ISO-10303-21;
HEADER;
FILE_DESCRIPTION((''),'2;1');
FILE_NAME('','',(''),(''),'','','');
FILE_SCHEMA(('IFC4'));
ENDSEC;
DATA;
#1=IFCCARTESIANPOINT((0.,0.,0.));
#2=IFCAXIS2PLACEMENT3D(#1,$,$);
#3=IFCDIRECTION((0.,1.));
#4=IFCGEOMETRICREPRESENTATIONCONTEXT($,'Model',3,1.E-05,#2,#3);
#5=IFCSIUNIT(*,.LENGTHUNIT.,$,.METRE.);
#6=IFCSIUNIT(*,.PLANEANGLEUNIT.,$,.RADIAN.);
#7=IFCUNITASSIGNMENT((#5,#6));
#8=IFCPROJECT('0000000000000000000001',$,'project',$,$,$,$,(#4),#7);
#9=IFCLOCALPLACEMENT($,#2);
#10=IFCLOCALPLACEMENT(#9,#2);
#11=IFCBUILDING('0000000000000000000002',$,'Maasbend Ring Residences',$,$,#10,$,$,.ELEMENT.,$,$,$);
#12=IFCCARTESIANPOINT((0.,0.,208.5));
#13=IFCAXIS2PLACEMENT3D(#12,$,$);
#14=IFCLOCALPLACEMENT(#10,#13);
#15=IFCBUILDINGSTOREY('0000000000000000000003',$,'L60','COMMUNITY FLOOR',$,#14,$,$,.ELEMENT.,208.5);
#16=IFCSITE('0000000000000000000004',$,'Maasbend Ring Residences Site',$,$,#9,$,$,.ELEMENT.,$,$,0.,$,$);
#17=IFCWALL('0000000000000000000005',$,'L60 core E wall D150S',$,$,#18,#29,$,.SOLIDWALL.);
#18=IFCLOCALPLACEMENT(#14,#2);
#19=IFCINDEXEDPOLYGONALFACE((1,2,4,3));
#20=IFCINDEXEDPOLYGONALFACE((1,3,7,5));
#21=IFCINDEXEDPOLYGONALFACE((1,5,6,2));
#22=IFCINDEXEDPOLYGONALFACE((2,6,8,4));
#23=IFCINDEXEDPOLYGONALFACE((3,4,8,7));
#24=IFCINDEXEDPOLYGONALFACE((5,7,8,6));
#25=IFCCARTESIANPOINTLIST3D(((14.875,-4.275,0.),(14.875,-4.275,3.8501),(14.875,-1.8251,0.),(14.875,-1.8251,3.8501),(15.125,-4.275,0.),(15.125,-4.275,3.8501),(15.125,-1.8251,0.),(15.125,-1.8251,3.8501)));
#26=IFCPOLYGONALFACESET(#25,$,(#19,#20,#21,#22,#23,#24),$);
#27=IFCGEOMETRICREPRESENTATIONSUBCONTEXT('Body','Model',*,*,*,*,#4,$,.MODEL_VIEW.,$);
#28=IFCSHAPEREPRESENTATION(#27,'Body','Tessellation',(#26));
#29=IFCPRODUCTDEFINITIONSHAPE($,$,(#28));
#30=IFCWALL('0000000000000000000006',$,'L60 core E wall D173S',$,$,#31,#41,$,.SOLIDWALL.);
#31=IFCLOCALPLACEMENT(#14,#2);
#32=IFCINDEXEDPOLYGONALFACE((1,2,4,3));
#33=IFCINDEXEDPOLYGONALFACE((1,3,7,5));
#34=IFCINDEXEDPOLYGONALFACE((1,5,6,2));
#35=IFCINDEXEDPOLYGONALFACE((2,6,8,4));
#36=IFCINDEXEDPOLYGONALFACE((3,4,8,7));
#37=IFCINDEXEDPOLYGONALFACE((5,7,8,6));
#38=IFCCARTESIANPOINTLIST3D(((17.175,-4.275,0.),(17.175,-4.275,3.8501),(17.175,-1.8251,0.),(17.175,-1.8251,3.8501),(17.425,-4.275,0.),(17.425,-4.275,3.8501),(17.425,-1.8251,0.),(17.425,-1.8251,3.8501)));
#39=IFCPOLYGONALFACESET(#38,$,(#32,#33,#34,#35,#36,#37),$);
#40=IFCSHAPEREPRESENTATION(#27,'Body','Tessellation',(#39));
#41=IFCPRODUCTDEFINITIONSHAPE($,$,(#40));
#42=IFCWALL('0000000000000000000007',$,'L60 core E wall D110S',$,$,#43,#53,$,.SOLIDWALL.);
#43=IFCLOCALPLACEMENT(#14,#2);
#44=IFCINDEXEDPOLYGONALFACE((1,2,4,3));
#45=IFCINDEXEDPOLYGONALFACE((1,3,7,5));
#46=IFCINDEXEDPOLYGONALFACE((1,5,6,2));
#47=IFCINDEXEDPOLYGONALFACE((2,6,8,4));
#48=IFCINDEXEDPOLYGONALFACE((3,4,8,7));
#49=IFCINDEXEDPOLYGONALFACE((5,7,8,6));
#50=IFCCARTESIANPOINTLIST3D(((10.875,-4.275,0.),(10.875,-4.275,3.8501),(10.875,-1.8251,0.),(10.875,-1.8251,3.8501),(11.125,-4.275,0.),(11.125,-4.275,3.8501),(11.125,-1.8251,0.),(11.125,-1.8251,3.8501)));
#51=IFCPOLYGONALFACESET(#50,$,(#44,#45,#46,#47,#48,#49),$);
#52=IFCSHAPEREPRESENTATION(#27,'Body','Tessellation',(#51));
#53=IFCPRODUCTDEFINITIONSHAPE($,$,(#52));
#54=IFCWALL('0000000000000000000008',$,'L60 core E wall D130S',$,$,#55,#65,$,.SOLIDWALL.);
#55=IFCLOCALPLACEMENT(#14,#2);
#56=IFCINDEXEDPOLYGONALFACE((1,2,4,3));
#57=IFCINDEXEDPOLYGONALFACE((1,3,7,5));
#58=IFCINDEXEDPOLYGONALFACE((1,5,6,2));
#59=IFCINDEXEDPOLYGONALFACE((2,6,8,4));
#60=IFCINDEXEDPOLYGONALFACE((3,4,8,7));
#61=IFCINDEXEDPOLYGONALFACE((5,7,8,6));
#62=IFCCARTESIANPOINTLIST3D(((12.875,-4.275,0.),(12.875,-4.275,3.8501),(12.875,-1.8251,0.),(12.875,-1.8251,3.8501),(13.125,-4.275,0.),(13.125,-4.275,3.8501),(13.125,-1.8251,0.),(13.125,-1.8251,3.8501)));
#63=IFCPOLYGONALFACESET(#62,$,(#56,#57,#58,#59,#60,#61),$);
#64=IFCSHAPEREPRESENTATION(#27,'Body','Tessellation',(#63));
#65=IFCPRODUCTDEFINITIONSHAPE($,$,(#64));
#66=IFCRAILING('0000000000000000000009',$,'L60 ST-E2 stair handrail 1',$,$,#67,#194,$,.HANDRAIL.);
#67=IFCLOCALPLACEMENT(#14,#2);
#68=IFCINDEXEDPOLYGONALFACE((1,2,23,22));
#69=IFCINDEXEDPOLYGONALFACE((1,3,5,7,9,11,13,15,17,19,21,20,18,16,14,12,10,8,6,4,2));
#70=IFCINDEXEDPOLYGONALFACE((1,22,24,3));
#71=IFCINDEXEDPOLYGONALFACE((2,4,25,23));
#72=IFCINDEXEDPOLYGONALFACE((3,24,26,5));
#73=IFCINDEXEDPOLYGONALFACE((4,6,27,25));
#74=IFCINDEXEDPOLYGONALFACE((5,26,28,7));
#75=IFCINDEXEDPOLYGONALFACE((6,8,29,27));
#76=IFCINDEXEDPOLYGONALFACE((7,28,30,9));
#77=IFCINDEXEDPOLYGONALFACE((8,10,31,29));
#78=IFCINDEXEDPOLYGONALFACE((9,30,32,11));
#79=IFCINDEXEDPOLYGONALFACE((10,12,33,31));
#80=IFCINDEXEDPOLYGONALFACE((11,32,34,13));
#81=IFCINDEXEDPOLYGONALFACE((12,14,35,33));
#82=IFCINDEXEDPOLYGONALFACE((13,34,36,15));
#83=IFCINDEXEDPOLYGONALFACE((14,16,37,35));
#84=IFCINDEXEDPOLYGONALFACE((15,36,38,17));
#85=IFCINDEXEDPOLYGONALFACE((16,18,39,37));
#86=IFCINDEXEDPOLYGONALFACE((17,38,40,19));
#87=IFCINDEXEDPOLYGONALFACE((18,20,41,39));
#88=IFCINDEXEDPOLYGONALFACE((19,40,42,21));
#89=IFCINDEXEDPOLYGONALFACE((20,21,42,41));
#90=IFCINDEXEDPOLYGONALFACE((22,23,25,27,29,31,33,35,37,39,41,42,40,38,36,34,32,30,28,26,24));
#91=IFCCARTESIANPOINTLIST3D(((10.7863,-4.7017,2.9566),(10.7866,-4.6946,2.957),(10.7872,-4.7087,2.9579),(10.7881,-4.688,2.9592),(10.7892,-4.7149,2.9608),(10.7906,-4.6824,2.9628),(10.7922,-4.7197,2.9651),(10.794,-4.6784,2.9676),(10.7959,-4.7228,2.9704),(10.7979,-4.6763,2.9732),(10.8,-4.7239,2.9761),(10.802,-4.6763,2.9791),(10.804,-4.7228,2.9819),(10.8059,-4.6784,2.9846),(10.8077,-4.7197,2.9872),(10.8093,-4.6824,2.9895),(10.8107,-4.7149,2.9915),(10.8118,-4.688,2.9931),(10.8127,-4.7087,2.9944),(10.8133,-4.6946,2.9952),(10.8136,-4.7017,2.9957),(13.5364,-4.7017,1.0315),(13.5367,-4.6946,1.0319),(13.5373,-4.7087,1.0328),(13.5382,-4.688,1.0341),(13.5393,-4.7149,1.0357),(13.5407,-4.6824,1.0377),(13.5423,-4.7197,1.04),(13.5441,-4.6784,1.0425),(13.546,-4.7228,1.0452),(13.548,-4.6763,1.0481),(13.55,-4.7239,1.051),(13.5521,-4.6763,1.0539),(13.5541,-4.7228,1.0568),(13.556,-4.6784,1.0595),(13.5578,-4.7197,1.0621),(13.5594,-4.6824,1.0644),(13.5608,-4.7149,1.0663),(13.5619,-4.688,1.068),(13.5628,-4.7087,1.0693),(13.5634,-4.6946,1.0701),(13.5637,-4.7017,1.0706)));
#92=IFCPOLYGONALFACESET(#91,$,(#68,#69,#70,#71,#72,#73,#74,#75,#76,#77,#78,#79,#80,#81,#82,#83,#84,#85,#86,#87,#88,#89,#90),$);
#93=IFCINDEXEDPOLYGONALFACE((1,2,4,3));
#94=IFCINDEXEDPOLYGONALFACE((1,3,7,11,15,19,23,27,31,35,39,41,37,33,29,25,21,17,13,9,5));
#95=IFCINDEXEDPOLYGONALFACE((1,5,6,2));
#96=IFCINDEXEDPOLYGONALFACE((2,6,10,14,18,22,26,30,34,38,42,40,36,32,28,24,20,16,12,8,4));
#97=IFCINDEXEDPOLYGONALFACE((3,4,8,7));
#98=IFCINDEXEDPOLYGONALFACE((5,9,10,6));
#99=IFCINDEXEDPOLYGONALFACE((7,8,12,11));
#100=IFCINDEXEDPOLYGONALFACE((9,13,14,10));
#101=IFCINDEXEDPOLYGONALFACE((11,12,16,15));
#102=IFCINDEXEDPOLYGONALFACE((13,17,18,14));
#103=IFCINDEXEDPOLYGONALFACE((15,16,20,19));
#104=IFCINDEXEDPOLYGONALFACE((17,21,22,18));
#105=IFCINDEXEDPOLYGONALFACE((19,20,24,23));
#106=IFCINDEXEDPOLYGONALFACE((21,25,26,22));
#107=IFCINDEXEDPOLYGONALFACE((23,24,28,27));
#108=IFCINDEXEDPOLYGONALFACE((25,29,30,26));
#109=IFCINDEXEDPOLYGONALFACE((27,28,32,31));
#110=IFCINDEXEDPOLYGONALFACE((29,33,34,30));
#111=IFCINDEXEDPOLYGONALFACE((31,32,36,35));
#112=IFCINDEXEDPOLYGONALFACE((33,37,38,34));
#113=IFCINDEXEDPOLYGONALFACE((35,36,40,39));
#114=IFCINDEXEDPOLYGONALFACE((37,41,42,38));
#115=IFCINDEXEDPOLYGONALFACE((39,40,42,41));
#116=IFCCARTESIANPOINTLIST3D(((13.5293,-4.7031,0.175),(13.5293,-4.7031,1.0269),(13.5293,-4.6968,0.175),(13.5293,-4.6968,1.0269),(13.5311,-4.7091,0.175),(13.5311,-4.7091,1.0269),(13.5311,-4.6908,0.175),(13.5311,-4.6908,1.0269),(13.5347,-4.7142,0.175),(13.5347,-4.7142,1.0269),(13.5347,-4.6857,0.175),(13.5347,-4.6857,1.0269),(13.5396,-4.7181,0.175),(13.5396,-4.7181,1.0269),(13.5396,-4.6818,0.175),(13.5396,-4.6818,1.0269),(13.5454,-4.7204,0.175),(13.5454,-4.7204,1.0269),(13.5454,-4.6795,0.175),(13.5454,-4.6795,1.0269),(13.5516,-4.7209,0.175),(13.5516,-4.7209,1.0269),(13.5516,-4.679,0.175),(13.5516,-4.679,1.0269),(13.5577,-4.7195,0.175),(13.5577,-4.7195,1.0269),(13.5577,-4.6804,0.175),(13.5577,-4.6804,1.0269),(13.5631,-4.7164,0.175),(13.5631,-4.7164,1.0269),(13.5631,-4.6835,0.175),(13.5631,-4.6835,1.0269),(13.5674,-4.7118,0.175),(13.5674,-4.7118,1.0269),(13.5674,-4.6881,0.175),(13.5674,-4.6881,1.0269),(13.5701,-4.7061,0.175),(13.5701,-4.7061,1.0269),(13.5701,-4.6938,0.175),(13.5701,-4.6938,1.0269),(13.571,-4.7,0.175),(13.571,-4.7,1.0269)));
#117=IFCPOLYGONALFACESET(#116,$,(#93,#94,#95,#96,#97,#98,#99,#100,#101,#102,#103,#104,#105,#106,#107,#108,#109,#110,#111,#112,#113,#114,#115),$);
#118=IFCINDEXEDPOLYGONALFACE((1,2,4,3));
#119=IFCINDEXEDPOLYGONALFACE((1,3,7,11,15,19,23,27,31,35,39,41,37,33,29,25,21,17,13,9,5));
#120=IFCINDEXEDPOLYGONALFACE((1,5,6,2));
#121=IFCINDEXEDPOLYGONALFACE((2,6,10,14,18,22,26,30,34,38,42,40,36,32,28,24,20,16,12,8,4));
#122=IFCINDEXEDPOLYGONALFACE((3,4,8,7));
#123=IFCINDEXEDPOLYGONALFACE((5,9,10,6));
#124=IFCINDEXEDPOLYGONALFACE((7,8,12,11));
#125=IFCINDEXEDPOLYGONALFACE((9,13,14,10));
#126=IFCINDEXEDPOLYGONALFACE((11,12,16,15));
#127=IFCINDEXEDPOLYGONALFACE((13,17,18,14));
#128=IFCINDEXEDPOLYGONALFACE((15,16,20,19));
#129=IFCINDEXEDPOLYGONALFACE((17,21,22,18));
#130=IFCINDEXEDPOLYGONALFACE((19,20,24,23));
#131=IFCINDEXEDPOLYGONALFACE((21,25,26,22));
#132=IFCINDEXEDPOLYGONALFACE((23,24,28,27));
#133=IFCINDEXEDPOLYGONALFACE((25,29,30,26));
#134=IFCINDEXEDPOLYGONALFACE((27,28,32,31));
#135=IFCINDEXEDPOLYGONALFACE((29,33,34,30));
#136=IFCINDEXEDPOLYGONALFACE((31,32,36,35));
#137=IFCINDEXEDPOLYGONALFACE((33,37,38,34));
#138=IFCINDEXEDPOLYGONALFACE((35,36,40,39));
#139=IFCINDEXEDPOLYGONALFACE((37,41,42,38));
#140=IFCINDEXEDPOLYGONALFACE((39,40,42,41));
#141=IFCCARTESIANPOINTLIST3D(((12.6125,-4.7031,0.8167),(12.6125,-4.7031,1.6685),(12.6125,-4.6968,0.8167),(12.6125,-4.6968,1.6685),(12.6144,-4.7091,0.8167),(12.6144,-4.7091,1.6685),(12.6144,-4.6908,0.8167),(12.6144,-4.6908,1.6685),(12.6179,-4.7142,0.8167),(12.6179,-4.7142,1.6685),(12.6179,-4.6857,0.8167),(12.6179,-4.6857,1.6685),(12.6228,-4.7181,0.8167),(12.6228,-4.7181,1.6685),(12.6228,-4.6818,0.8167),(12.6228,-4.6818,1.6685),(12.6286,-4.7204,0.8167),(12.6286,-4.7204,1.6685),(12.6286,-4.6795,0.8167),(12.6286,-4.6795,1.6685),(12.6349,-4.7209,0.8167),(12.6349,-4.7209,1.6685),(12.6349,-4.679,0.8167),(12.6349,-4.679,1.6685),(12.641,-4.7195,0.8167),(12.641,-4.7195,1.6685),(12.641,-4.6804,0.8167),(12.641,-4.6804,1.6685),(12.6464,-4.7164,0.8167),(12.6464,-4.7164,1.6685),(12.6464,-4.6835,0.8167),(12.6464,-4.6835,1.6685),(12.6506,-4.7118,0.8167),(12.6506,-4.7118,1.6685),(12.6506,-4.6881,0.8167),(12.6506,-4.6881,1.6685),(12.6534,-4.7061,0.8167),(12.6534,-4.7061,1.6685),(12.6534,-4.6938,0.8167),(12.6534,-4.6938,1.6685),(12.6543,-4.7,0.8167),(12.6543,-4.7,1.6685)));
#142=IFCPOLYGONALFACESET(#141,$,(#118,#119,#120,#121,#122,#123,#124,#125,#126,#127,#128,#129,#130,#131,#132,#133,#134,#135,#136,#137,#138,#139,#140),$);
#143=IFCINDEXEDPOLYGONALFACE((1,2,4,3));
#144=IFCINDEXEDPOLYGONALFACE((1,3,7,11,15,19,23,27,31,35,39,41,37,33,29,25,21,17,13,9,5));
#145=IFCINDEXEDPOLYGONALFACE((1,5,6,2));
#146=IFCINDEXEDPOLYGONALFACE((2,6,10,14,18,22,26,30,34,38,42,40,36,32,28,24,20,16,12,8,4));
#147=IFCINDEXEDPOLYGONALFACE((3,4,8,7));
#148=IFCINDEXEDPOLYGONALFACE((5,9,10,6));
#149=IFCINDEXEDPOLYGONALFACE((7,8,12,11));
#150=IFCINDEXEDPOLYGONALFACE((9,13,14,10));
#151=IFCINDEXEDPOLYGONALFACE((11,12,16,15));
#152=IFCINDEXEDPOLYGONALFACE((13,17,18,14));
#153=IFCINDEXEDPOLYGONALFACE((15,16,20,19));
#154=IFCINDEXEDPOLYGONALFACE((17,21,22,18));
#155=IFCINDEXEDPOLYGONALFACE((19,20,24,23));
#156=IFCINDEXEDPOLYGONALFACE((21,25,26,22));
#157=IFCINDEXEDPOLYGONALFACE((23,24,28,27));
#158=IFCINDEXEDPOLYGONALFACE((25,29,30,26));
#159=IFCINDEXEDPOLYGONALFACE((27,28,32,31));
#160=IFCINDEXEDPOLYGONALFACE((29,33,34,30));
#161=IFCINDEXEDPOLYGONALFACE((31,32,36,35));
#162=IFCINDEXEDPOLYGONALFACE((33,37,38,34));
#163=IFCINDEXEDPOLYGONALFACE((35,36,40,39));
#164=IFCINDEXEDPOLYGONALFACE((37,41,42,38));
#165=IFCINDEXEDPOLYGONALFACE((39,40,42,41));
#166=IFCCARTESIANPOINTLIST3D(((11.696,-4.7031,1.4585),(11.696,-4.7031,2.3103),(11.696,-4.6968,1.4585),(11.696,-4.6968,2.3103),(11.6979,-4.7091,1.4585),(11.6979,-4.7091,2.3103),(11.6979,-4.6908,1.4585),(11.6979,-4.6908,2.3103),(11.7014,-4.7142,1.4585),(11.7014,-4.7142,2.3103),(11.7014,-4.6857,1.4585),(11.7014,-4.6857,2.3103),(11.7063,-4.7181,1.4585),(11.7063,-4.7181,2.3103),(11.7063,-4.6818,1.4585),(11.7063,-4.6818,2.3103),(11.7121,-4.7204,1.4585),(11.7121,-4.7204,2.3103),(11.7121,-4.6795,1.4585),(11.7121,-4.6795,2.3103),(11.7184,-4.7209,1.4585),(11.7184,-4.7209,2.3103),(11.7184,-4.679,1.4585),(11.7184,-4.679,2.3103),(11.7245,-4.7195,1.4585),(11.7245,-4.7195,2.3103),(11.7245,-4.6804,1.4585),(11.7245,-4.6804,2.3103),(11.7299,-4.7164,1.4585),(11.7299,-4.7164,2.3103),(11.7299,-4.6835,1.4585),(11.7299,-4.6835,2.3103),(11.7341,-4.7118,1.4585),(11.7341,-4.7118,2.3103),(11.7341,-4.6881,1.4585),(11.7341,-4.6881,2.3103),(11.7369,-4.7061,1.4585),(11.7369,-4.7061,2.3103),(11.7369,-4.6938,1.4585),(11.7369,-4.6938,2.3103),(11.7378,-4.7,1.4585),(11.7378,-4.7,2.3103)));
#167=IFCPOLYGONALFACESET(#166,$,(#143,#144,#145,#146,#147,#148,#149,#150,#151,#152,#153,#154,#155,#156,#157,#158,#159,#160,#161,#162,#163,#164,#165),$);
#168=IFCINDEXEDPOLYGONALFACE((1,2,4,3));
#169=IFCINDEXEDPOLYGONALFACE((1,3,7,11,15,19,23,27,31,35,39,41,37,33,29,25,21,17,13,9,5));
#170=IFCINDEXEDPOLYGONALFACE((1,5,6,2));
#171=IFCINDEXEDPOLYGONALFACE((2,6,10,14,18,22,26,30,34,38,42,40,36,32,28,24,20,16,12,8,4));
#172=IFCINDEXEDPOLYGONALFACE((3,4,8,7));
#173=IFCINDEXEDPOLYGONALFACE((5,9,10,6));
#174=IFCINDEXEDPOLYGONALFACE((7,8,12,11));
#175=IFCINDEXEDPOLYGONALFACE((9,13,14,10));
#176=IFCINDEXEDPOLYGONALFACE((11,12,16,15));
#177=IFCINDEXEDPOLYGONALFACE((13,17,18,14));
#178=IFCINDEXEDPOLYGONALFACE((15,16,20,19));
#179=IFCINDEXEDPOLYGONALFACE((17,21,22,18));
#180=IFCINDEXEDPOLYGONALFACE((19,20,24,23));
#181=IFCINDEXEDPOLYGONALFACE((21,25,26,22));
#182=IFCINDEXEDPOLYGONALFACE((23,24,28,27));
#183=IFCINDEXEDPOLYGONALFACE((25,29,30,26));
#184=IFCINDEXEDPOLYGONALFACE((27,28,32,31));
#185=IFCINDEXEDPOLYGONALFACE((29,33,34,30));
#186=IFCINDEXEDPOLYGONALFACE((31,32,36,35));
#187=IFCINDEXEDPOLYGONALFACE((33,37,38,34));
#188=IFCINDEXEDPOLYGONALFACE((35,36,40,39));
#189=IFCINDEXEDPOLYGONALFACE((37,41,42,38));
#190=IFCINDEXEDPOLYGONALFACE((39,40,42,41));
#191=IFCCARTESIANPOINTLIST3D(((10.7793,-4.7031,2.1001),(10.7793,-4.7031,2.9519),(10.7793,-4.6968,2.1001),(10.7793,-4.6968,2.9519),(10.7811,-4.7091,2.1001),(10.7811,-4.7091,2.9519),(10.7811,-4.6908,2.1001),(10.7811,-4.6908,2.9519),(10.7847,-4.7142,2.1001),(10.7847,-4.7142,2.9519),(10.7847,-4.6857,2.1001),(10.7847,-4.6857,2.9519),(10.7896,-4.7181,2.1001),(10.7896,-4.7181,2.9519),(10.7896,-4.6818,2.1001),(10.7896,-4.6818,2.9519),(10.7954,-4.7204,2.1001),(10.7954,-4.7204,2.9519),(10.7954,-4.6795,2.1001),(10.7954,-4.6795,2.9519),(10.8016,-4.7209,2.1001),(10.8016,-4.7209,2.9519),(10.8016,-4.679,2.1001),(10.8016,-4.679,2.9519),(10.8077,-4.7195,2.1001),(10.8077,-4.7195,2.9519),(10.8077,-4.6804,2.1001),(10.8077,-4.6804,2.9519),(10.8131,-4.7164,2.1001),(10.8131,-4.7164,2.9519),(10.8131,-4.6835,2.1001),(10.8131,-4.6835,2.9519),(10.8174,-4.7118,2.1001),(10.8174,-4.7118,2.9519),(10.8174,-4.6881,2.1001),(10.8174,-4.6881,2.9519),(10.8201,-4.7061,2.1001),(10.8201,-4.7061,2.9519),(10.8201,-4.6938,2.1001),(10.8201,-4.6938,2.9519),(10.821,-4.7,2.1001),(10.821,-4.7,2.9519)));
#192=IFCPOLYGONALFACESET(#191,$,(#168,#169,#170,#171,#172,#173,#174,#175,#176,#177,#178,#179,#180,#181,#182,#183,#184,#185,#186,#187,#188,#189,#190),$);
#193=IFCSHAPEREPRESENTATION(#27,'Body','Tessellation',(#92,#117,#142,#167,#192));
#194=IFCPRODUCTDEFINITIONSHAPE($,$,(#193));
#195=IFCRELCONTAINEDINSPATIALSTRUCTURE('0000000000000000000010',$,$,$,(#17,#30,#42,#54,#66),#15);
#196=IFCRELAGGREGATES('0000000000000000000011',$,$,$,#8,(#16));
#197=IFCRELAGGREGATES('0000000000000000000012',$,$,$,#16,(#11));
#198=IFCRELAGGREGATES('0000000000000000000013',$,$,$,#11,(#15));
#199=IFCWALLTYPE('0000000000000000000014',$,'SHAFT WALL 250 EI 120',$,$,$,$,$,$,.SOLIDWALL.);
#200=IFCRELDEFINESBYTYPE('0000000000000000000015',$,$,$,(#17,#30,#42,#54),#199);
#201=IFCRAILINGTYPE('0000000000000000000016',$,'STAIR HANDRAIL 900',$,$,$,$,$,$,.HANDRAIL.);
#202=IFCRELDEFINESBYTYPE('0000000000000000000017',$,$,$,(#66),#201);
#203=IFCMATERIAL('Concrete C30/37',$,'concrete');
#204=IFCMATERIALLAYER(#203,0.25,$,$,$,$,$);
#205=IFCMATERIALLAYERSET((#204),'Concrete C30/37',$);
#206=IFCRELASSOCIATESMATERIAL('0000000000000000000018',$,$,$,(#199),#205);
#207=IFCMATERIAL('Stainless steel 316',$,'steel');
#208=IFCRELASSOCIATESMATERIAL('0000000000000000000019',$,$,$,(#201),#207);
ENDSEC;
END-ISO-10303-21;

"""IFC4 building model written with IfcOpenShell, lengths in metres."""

from ifc_helpers import new_model, si_unit, direction, frame, frame_2d, origin, origin_2d, place, context, subcontext, project, spatial, rectangle, circle, extrude, material, layer, layer_set, type_object, element, save


model = new_model("IFC4")

# Units and contexts
model_context = context("Model", 3, precision=1e-05, world=origin(), true_north=direction((0.0, 1.0)))
body_context = subcontext(model_context, "Body", "Model", "MODEL_VIEW")
ifc_project = project(units=[si_unit("LENGTHUNIT", "METRE"), si_unit("PLANEANGLEUNIT", "RADIAN")], contexts=[model_context])

# Site, building, storey
site_placement = place(None, origin())
site = spatial("IfcSite", under=ifc_project, at=site_placement, Name="Maasbend Ring Residences Site", CompositionType="ELEMENT", RefElevation=0.0)
building_placement = place(site_placement, origin())
building = spatial("IfcBuilding", under=site, at=building_placement, Name="Maasbend Ring Residences", CompositionType="ELEMENT")
storey_placement = place(building_placement, frame((0.0, 0.0, 208.5)))
storey = spatial("IfcBuildingStorey", under=building, at=storey_placement, Name="L60", Description="COMMUNITY FLOOR", CompositionType="ELEMENT", Elevation=208.5)

# Walls
ifc_material_1 = material(Name="Concrete C30/37", Category="concrete")
ifc_layer_1 = layer(ifc_material_1, 0.25)
ifc_layer_set_1 = layer_set([ifc_layer_1], Name="Concrete C30/37")
wall_type_1 = type_object("IfcWallType", Name="SHAFT WALL 250 EI 120", PredefinedType="SOLIDWALL", material=ifc_layer_set_1)
for number, where, z_axis, x_axis, name in (
    (1, (15.0, -1.825, 0.0), (0.0, 0.0, 1.0), (0.0, -1.0, 0.0), "L60 core E wall D150S"),
    (2, (17.3, -1.825, 0.0), (0.0, 0.0, 1.0), (0.0, -1.0, 0.0), "L60 core E wall D173S"),
    (3, (11.0, -1.825, 0.0), (0.0, 0.0, 1.0), (0.0, -1.0, 0.0), "L60 core E wall D110S"),
    (4, (13.0, -1.825, 0.0), (0.0, 0.0, 1.0), (0.0, -1.0, 0.0), "L60 core E wall D130S"),
):
    element("IfcWall", number, at=place(storey_placement, frame(where, z_axis=z_axis, x_axis=x_axis)), inside=storey, type_object=wall_type_1, Name=name, PredefinedType="SOLIDWALL", context=body_context, shape_type="SweptSolid", body=[
        extrude(rectangle(XDim=2.45, YDim=0.25, at=frame_2d((1.2251, 0.0))), origin(), (0.0, 0.0, 1.0), 3.8501),
    ])

# Railing
ifc_material_2 = material(Name="Stainless steel 316", Category="steel")
railing_type_1 = type_object("IfcRailingType", Name="STAIR HANDRAIL 900", PredefinedType="HANDRAIL", material=ifc_material_2)
railing_1_placement = place(storey_placement, frame((13.55, -4.7, 0.175)))
element("IfcRailing", 5, at=railing_1_placement, inside=storey, type_object=railing_type_1, Name="L60 ST-E2 stair handrail 1", PredefinedType="HANDRAIL", context=body_context, shape_type="SweptSolid", body=[
    extrude(circle(Radius=0.0239, at=origin_2d()), frame((0.0, 0.0, 0.876), z_axis=(-0.819225, 0.0, 0.573472), x_axis=(0.0, -1.0, 0.0)), (0.0, 0.0, 1.0), 3.3569),
    extrude(circle(Radius=0.021, at=origin_2d()), origin(), (0.0, 0.0, 1.0), 0.8518),
    extrude(circle(Radius=0.021, at=origin_2d()), frame((-0.9167, 0.0, 0.6416)), (0.0, 0.0, 1.0), 0.8518),
    extrude(circle(Radius=0.021, at=origin_2d()), frame((-1.8333, 0.0, 1.2834)), (0.0, 0.0, 1.0), 0.8518),
    extrude(circle(Radius=0.021, at=origin_2d()), frame((-2.75, 0.0, 1.925)), (0.0, 0.0, 1.0), 0.8518),
])

save(model, "model.ifc")
